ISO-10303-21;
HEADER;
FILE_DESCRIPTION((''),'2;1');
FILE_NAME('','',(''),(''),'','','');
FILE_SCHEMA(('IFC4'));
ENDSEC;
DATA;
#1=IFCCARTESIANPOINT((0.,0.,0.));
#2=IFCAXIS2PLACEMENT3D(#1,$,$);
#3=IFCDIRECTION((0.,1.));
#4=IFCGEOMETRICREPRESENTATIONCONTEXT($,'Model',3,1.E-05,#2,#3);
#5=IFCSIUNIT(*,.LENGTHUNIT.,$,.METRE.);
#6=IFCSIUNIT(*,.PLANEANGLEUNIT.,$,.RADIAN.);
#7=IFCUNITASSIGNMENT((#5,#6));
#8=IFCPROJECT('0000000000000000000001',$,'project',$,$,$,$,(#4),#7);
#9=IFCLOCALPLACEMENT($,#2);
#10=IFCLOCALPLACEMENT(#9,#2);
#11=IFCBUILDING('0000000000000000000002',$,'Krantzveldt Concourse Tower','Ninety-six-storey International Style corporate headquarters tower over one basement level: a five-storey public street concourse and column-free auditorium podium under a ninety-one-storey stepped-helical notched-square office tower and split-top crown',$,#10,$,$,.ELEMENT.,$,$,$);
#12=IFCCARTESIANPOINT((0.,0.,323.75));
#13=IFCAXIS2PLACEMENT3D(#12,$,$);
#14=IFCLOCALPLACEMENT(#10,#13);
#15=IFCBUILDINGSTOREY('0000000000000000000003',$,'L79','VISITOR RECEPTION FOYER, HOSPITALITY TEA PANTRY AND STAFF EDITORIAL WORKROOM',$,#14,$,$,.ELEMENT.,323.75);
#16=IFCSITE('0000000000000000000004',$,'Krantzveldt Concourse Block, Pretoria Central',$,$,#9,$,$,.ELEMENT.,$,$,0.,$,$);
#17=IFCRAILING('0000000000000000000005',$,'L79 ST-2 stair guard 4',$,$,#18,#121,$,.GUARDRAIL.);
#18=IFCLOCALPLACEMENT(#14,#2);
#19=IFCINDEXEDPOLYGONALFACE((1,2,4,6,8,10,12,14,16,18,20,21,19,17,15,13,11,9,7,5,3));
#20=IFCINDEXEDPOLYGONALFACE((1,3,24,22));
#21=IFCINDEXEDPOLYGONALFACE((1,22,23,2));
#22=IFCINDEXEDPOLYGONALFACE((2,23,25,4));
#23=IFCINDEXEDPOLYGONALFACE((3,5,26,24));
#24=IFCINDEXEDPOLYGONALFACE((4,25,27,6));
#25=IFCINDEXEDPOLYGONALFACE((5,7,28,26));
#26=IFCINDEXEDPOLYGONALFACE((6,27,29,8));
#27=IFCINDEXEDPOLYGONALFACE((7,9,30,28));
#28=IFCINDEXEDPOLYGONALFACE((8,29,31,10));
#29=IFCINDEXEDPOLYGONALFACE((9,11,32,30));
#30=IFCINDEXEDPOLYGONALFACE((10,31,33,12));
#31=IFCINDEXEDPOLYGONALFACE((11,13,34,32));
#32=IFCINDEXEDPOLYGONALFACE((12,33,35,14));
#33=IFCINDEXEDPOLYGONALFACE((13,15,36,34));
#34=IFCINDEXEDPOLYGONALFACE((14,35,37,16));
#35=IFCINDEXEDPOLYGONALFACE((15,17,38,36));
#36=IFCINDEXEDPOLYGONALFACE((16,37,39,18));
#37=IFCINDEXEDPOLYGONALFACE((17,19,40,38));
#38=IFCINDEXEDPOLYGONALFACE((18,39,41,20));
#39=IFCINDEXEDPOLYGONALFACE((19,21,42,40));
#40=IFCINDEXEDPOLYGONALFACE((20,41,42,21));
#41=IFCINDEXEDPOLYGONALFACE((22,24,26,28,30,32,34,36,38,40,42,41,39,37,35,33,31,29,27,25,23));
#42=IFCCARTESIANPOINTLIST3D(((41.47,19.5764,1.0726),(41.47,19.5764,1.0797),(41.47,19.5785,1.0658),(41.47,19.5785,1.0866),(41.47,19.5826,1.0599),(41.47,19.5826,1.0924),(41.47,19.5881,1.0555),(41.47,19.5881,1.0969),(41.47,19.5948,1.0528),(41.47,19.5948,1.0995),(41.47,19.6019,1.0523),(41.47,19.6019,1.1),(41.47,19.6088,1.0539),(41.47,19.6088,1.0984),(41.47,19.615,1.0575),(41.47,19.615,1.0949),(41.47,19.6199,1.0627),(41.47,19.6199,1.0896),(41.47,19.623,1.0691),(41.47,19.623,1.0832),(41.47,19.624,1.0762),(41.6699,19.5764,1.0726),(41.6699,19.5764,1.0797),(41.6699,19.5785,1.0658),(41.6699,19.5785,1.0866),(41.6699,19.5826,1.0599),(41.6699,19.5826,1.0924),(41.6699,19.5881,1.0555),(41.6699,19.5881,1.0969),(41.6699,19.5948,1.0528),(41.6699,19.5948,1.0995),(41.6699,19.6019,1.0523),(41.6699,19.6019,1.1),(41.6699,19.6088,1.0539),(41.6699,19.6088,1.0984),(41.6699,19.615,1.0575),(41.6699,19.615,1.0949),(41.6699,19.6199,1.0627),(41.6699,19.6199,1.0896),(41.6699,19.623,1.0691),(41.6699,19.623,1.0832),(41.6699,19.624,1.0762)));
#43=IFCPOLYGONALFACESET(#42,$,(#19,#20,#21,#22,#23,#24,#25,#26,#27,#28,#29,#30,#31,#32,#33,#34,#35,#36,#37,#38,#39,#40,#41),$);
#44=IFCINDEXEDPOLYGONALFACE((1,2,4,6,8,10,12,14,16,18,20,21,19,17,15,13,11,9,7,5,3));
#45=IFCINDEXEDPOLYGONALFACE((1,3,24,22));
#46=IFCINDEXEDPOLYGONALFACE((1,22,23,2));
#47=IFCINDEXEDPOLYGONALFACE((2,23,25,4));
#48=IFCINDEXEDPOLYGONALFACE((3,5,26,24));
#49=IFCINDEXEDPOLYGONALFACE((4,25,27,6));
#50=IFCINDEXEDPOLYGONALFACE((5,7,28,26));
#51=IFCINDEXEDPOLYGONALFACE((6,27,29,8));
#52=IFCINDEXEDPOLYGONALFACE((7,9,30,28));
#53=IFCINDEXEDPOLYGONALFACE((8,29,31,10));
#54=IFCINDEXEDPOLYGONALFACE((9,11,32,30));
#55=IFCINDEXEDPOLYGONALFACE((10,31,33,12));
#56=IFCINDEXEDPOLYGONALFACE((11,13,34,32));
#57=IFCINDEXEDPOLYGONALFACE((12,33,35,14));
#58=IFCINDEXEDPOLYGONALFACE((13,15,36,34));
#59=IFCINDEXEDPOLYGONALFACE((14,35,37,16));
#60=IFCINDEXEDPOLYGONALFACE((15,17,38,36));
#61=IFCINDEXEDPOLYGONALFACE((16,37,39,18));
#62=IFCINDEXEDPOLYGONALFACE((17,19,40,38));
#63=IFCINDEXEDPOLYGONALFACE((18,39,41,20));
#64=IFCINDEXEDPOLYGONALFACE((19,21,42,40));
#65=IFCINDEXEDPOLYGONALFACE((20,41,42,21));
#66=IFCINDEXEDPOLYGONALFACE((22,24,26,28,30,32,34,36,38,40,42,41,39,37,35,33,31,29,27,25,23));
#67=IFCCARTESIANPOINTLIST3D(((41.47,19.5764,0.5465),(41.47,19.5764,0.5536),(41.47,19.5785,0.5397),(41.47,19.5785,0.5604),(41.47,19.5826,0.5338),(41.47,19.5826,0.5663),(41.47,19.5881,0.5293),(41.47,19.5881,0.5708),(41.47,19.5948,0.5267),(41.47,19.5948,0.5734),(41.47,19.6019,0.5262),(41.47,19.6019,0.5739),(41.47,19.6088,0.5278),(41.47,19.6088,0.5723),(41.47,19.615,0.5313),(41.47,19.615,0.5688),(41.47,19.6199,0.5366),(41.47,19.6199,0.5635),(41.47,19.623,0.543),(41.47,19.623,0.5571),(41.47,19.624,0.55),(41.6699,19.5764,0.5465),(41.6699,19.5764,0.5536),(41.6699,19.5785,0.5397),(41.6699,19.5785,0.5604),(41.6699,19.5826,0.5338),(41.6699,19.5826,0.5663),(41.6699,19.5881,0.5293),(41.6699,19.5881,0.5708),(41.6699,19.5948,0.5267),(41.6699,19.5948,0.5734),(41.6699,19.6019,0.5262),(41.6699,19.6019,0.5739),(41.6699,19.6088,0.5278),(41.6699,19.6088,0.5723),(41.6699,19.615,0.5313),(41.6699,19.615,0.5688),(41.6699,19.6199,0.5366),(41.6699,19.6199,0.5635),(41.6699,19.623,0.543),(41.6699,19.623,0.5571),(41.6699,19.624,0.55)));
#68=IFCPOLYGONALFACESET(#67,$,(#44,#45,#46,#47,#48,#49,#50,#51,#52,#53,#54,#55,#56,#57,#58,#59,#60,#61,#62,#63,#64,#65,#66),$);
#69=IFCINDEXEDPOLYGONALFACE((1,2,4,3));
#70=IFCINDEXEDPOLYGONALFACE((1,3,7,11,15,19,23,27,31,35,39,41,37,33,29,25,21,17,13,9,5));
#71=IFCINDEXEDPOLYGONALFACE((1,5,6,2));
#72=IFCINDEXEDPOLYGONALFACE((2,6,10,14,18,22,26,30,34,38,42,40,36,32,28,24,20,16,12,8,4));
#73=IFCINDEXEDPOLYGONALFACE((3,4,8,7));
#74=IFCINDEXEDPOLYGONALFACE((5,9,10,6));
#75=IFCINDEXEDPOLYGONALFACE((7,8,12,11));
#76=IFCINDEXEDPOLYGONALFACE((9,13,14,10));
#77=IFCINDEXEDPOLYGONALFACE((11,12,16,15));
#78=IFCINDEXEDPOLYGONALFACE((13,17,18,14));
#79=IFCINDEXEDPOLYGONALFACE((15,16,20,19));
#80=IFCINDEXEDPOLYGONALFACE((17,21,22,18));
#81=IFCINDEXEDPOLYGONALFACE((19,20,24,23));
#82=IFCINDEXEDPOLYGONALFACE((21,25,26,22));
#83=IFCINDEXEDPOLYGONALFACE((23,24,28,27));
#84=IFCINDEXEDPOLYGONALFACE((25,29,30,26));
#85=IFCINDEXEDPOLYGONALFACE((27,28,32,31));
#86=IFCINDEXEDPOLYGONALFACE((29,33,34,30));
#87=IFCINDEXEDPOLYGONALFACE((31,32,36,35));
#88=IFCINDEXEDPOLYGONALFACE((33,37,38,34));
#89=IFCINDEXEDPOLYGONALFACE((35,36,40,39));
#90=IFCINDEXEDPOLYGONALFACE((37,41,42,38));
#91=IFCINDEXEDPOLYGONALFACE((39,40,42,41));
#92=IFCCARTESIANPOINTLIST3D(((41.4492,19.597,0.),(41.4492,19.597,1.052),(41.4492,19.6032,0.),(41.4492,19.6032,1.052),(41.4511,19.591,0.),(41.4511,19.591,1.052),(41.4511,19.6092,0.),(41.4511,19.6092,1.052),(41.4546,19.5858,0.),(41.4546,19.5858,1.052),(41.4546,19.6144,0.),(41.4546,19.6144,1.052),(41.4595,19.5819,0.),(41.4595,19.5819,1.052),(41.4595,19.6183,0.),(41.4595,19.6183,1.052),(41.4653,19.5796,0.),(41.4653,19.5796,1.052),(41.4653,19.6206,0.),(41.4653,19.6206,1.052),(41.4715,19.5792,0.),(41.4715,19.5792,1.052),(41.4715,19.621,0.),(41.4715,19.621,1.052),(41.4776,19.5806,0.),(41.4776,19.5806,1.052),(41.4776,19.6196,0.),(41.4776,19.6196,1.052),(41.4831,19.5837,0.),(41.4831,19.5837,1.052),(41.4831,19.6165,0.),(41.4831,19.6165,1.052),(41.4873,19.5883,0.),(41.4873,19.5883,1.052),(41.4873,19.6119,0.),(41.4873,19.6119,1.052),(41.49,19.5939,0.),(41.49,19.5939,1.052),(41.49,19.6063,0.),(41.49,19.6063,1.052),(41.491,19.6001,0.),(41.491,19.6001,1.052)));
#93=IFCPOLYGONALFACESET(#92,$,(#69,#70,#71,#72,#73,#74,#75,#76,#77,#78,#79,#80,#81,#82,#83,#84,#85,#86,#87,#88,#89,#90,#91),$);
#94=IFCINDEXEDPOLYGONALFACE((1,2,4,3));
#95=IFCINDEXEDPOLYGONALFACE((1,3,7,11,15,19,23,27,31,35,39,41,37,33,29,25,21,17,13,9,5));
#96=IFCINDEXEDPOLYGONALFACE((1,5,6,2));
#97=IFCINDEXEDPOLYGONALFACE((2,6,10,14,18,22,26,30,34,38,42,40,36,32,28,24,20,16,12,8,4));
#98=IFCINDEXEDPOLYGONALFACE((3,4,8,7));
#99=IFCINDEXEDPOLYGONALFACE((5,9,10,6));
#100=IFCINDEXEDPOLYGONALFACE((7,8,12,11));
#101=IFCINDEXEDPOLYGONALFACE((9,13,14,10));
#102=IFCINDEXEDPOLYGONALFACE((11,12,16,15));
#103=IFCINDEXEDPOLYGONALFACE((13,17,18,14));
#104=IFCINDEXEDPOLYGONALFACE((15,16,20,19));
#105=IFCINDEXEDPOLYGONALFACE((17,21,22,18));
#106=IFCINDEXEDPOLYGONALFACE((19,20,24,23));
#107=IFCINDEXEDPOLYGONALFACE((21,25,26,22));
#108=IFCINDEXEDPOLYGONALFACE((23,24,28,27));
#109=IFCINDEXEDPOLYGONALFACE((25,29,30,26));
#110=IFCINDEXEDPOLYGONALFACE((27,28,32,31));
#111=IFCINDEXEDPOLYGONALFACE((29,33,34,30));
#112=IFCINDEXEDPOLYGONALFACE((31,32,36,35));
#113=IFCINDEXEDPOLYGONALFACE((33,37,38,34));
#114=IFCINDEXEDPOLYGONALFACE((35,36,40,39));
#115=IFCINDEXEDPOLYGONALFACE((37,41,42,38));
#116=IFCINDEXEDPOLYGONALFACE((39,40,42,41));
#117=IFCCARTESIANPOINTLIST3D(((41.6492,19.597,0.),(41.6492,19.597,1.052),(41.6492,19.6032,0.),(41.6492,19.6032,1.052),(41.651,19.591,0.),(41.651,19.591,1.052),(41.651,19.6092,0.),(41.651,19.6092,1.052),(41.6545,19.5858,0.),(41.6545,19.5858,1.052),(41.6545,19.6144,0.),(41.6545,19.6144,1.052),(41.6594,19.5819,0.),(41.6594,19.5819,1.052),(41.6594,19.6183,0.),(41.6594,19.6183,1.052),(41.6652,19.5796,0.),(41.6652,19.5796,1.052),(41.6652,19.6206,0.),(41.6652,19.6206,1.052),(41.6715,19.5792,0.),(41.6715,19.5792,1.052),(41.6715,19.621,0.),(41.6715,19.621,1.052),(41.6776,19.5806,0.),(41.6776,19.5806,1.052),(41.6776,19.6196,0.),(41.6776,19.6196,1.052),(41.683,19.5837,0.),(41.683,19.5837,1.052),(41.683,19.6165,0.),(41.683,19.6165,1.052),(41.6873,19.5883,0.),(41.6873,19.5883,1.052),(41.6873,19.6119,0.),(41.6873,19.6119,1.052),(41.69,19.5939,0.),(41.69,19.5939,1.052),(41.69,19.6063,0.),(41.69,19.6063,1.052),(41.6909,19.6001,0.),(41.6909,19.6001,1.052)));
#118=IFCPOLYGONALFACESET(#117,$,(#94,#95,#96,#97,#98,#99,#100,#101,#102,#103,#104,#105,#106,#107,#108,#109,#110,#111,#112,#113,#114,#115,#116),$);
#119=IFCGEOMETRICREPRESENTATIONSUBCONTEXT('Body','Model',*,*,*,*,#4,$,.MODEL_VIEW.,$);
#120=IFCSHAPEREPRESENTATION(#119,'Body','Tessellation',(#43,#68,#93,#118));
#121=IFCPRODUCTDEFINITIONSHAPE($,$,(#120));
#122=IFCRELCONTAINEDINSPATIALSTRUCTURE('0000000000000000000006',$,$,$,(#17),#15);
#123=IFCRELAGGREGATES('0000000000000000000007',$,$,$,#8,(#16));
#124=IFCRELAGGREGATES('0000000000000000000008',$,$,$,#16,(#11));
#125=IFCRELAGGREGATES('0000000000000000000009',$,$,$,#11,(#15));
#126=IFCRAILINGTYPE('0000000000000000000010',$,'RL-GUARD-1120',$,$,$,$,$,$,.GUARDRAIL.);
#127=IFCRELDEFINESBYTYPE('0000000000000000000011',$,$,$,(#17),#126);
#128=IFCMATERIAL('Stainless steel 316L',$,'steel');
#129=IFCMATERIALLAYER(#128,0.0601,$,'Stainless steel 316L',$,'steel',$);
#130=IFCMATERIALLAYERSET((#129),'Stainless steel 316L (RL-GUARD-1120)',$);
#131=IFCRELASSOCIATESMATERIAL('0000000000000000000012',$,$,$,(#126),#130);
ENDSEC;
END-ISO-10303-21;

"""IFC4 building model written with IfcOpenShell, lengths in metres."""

from ifc_helpers import new_model, si_unit, direction, frame, origin, origin_2d, place, context, subcontext, project, spatial, circle, extrude, material, layer, layer_set, type_object, element, save


model = new_model("IFC4")

# Units and contexts
model_context = context("Model", 3, precision=1e-05, world=origin(), true_north=direction((0.0, 1.0)))
body_context = subcontext(model_context, "Body", "Model", "MODEL_VIEW")
ifc_project = project(units=[si_unit("LENGTHUNIT", "METRE"), si_unit("PLANEANGLEUNIT", "RADIAN")], contexts=[model_context])

# Site, building, storey
site_placement = place(None, origin())
site = spatial("IfcSite", under=ifc_project, at=site_placement, Name="Krantzveldt Concourse Block, Pretoria Central", CompositionType="ELEMENT", RefElevation=0.0)
building_placement = place(site_placement, origin())
building = spatial("IfcBuilding", under=site, at=building_placement, Name="Krantzveldt Concourse Tower", Description="Ninety-six-storey International Style corporate headquarters tower over one basement level: a five-storey public street concourse and column-free auditorium podium under a ninety-one-storey stepped-helical notched-square office tower and split-top crown", CompositionType="ELEMENT")
storey_placement = place(building_placement, frame((0.0, 0.0, 323.75)))
storey = spatial("IfcBuildingStorey", under=building, at=storey_placement, Name="L79", Description="VISITOR RECEPTION FOYER, HOSPITALITY TEA PANTRY AND STAFF EDITORIAL WORKROOM", CompositionType="ELEMENT", Elevation=323.75)

# Shared definitions
ifc_material_1 = material(Name="Stainless steel 316L", Category="steel")

# Railing
ifc_layer_1 = layer(ifc_material_1, 0.0601, Name="Stainless steel 316L", Category="steel")
ifc_layer_set_1 = layer_set([ifc_layer_1], Name="Stainless steel 316L (RL-GUARD-1120)")
railing_type_1 = type_object("IfcRailingType", Name="RL-GUARD-1120", PredefinedType="GUARDRAIL", material=ifc_layer_set_1)
railing_1_placement = place(storey_placement, frame((41.47, 19.6001, 0.0)))
element("IfcRailing", 1, at=railing_1_placement, inside=storey, type_object=railing_type_1, Name="L79 ST-2 stair guard 4", PredefinedType="GUARDRAIL", context=body_context, shape_type="SweptSolid", body=[
    extrude(circle(Radius=0.0239, at=origin_2d()), frame((0.0, 0.0, 1.0762), z_axis=(1.0, 0.0, 0.0), x_axis=(0.0, 1.0, 0.0)), (0.0, 0.0, 1.0), 0.2),
    extrude(circle(Radius=0.0239, at=origin_2d()), frame((0.0, 0.0, 0.55), z_axis=(1.0, 0.0, 0.0), x_axis=(0.0, 1.0, 0.0)), (0.0, 0.0, 1.0), 0.2),
    extrude(circle(Radius=0.021, at=origin_2d()), origin(), (0.0, 0.0, 1.0), 1.052),
    extrude(circle(Radius=0.021, at=origin_2d()), frame((0.2, 0.0, 0.0)), (0.0, 0.0, 1.0), 1.052),
])

save(model, "model.ifc")
